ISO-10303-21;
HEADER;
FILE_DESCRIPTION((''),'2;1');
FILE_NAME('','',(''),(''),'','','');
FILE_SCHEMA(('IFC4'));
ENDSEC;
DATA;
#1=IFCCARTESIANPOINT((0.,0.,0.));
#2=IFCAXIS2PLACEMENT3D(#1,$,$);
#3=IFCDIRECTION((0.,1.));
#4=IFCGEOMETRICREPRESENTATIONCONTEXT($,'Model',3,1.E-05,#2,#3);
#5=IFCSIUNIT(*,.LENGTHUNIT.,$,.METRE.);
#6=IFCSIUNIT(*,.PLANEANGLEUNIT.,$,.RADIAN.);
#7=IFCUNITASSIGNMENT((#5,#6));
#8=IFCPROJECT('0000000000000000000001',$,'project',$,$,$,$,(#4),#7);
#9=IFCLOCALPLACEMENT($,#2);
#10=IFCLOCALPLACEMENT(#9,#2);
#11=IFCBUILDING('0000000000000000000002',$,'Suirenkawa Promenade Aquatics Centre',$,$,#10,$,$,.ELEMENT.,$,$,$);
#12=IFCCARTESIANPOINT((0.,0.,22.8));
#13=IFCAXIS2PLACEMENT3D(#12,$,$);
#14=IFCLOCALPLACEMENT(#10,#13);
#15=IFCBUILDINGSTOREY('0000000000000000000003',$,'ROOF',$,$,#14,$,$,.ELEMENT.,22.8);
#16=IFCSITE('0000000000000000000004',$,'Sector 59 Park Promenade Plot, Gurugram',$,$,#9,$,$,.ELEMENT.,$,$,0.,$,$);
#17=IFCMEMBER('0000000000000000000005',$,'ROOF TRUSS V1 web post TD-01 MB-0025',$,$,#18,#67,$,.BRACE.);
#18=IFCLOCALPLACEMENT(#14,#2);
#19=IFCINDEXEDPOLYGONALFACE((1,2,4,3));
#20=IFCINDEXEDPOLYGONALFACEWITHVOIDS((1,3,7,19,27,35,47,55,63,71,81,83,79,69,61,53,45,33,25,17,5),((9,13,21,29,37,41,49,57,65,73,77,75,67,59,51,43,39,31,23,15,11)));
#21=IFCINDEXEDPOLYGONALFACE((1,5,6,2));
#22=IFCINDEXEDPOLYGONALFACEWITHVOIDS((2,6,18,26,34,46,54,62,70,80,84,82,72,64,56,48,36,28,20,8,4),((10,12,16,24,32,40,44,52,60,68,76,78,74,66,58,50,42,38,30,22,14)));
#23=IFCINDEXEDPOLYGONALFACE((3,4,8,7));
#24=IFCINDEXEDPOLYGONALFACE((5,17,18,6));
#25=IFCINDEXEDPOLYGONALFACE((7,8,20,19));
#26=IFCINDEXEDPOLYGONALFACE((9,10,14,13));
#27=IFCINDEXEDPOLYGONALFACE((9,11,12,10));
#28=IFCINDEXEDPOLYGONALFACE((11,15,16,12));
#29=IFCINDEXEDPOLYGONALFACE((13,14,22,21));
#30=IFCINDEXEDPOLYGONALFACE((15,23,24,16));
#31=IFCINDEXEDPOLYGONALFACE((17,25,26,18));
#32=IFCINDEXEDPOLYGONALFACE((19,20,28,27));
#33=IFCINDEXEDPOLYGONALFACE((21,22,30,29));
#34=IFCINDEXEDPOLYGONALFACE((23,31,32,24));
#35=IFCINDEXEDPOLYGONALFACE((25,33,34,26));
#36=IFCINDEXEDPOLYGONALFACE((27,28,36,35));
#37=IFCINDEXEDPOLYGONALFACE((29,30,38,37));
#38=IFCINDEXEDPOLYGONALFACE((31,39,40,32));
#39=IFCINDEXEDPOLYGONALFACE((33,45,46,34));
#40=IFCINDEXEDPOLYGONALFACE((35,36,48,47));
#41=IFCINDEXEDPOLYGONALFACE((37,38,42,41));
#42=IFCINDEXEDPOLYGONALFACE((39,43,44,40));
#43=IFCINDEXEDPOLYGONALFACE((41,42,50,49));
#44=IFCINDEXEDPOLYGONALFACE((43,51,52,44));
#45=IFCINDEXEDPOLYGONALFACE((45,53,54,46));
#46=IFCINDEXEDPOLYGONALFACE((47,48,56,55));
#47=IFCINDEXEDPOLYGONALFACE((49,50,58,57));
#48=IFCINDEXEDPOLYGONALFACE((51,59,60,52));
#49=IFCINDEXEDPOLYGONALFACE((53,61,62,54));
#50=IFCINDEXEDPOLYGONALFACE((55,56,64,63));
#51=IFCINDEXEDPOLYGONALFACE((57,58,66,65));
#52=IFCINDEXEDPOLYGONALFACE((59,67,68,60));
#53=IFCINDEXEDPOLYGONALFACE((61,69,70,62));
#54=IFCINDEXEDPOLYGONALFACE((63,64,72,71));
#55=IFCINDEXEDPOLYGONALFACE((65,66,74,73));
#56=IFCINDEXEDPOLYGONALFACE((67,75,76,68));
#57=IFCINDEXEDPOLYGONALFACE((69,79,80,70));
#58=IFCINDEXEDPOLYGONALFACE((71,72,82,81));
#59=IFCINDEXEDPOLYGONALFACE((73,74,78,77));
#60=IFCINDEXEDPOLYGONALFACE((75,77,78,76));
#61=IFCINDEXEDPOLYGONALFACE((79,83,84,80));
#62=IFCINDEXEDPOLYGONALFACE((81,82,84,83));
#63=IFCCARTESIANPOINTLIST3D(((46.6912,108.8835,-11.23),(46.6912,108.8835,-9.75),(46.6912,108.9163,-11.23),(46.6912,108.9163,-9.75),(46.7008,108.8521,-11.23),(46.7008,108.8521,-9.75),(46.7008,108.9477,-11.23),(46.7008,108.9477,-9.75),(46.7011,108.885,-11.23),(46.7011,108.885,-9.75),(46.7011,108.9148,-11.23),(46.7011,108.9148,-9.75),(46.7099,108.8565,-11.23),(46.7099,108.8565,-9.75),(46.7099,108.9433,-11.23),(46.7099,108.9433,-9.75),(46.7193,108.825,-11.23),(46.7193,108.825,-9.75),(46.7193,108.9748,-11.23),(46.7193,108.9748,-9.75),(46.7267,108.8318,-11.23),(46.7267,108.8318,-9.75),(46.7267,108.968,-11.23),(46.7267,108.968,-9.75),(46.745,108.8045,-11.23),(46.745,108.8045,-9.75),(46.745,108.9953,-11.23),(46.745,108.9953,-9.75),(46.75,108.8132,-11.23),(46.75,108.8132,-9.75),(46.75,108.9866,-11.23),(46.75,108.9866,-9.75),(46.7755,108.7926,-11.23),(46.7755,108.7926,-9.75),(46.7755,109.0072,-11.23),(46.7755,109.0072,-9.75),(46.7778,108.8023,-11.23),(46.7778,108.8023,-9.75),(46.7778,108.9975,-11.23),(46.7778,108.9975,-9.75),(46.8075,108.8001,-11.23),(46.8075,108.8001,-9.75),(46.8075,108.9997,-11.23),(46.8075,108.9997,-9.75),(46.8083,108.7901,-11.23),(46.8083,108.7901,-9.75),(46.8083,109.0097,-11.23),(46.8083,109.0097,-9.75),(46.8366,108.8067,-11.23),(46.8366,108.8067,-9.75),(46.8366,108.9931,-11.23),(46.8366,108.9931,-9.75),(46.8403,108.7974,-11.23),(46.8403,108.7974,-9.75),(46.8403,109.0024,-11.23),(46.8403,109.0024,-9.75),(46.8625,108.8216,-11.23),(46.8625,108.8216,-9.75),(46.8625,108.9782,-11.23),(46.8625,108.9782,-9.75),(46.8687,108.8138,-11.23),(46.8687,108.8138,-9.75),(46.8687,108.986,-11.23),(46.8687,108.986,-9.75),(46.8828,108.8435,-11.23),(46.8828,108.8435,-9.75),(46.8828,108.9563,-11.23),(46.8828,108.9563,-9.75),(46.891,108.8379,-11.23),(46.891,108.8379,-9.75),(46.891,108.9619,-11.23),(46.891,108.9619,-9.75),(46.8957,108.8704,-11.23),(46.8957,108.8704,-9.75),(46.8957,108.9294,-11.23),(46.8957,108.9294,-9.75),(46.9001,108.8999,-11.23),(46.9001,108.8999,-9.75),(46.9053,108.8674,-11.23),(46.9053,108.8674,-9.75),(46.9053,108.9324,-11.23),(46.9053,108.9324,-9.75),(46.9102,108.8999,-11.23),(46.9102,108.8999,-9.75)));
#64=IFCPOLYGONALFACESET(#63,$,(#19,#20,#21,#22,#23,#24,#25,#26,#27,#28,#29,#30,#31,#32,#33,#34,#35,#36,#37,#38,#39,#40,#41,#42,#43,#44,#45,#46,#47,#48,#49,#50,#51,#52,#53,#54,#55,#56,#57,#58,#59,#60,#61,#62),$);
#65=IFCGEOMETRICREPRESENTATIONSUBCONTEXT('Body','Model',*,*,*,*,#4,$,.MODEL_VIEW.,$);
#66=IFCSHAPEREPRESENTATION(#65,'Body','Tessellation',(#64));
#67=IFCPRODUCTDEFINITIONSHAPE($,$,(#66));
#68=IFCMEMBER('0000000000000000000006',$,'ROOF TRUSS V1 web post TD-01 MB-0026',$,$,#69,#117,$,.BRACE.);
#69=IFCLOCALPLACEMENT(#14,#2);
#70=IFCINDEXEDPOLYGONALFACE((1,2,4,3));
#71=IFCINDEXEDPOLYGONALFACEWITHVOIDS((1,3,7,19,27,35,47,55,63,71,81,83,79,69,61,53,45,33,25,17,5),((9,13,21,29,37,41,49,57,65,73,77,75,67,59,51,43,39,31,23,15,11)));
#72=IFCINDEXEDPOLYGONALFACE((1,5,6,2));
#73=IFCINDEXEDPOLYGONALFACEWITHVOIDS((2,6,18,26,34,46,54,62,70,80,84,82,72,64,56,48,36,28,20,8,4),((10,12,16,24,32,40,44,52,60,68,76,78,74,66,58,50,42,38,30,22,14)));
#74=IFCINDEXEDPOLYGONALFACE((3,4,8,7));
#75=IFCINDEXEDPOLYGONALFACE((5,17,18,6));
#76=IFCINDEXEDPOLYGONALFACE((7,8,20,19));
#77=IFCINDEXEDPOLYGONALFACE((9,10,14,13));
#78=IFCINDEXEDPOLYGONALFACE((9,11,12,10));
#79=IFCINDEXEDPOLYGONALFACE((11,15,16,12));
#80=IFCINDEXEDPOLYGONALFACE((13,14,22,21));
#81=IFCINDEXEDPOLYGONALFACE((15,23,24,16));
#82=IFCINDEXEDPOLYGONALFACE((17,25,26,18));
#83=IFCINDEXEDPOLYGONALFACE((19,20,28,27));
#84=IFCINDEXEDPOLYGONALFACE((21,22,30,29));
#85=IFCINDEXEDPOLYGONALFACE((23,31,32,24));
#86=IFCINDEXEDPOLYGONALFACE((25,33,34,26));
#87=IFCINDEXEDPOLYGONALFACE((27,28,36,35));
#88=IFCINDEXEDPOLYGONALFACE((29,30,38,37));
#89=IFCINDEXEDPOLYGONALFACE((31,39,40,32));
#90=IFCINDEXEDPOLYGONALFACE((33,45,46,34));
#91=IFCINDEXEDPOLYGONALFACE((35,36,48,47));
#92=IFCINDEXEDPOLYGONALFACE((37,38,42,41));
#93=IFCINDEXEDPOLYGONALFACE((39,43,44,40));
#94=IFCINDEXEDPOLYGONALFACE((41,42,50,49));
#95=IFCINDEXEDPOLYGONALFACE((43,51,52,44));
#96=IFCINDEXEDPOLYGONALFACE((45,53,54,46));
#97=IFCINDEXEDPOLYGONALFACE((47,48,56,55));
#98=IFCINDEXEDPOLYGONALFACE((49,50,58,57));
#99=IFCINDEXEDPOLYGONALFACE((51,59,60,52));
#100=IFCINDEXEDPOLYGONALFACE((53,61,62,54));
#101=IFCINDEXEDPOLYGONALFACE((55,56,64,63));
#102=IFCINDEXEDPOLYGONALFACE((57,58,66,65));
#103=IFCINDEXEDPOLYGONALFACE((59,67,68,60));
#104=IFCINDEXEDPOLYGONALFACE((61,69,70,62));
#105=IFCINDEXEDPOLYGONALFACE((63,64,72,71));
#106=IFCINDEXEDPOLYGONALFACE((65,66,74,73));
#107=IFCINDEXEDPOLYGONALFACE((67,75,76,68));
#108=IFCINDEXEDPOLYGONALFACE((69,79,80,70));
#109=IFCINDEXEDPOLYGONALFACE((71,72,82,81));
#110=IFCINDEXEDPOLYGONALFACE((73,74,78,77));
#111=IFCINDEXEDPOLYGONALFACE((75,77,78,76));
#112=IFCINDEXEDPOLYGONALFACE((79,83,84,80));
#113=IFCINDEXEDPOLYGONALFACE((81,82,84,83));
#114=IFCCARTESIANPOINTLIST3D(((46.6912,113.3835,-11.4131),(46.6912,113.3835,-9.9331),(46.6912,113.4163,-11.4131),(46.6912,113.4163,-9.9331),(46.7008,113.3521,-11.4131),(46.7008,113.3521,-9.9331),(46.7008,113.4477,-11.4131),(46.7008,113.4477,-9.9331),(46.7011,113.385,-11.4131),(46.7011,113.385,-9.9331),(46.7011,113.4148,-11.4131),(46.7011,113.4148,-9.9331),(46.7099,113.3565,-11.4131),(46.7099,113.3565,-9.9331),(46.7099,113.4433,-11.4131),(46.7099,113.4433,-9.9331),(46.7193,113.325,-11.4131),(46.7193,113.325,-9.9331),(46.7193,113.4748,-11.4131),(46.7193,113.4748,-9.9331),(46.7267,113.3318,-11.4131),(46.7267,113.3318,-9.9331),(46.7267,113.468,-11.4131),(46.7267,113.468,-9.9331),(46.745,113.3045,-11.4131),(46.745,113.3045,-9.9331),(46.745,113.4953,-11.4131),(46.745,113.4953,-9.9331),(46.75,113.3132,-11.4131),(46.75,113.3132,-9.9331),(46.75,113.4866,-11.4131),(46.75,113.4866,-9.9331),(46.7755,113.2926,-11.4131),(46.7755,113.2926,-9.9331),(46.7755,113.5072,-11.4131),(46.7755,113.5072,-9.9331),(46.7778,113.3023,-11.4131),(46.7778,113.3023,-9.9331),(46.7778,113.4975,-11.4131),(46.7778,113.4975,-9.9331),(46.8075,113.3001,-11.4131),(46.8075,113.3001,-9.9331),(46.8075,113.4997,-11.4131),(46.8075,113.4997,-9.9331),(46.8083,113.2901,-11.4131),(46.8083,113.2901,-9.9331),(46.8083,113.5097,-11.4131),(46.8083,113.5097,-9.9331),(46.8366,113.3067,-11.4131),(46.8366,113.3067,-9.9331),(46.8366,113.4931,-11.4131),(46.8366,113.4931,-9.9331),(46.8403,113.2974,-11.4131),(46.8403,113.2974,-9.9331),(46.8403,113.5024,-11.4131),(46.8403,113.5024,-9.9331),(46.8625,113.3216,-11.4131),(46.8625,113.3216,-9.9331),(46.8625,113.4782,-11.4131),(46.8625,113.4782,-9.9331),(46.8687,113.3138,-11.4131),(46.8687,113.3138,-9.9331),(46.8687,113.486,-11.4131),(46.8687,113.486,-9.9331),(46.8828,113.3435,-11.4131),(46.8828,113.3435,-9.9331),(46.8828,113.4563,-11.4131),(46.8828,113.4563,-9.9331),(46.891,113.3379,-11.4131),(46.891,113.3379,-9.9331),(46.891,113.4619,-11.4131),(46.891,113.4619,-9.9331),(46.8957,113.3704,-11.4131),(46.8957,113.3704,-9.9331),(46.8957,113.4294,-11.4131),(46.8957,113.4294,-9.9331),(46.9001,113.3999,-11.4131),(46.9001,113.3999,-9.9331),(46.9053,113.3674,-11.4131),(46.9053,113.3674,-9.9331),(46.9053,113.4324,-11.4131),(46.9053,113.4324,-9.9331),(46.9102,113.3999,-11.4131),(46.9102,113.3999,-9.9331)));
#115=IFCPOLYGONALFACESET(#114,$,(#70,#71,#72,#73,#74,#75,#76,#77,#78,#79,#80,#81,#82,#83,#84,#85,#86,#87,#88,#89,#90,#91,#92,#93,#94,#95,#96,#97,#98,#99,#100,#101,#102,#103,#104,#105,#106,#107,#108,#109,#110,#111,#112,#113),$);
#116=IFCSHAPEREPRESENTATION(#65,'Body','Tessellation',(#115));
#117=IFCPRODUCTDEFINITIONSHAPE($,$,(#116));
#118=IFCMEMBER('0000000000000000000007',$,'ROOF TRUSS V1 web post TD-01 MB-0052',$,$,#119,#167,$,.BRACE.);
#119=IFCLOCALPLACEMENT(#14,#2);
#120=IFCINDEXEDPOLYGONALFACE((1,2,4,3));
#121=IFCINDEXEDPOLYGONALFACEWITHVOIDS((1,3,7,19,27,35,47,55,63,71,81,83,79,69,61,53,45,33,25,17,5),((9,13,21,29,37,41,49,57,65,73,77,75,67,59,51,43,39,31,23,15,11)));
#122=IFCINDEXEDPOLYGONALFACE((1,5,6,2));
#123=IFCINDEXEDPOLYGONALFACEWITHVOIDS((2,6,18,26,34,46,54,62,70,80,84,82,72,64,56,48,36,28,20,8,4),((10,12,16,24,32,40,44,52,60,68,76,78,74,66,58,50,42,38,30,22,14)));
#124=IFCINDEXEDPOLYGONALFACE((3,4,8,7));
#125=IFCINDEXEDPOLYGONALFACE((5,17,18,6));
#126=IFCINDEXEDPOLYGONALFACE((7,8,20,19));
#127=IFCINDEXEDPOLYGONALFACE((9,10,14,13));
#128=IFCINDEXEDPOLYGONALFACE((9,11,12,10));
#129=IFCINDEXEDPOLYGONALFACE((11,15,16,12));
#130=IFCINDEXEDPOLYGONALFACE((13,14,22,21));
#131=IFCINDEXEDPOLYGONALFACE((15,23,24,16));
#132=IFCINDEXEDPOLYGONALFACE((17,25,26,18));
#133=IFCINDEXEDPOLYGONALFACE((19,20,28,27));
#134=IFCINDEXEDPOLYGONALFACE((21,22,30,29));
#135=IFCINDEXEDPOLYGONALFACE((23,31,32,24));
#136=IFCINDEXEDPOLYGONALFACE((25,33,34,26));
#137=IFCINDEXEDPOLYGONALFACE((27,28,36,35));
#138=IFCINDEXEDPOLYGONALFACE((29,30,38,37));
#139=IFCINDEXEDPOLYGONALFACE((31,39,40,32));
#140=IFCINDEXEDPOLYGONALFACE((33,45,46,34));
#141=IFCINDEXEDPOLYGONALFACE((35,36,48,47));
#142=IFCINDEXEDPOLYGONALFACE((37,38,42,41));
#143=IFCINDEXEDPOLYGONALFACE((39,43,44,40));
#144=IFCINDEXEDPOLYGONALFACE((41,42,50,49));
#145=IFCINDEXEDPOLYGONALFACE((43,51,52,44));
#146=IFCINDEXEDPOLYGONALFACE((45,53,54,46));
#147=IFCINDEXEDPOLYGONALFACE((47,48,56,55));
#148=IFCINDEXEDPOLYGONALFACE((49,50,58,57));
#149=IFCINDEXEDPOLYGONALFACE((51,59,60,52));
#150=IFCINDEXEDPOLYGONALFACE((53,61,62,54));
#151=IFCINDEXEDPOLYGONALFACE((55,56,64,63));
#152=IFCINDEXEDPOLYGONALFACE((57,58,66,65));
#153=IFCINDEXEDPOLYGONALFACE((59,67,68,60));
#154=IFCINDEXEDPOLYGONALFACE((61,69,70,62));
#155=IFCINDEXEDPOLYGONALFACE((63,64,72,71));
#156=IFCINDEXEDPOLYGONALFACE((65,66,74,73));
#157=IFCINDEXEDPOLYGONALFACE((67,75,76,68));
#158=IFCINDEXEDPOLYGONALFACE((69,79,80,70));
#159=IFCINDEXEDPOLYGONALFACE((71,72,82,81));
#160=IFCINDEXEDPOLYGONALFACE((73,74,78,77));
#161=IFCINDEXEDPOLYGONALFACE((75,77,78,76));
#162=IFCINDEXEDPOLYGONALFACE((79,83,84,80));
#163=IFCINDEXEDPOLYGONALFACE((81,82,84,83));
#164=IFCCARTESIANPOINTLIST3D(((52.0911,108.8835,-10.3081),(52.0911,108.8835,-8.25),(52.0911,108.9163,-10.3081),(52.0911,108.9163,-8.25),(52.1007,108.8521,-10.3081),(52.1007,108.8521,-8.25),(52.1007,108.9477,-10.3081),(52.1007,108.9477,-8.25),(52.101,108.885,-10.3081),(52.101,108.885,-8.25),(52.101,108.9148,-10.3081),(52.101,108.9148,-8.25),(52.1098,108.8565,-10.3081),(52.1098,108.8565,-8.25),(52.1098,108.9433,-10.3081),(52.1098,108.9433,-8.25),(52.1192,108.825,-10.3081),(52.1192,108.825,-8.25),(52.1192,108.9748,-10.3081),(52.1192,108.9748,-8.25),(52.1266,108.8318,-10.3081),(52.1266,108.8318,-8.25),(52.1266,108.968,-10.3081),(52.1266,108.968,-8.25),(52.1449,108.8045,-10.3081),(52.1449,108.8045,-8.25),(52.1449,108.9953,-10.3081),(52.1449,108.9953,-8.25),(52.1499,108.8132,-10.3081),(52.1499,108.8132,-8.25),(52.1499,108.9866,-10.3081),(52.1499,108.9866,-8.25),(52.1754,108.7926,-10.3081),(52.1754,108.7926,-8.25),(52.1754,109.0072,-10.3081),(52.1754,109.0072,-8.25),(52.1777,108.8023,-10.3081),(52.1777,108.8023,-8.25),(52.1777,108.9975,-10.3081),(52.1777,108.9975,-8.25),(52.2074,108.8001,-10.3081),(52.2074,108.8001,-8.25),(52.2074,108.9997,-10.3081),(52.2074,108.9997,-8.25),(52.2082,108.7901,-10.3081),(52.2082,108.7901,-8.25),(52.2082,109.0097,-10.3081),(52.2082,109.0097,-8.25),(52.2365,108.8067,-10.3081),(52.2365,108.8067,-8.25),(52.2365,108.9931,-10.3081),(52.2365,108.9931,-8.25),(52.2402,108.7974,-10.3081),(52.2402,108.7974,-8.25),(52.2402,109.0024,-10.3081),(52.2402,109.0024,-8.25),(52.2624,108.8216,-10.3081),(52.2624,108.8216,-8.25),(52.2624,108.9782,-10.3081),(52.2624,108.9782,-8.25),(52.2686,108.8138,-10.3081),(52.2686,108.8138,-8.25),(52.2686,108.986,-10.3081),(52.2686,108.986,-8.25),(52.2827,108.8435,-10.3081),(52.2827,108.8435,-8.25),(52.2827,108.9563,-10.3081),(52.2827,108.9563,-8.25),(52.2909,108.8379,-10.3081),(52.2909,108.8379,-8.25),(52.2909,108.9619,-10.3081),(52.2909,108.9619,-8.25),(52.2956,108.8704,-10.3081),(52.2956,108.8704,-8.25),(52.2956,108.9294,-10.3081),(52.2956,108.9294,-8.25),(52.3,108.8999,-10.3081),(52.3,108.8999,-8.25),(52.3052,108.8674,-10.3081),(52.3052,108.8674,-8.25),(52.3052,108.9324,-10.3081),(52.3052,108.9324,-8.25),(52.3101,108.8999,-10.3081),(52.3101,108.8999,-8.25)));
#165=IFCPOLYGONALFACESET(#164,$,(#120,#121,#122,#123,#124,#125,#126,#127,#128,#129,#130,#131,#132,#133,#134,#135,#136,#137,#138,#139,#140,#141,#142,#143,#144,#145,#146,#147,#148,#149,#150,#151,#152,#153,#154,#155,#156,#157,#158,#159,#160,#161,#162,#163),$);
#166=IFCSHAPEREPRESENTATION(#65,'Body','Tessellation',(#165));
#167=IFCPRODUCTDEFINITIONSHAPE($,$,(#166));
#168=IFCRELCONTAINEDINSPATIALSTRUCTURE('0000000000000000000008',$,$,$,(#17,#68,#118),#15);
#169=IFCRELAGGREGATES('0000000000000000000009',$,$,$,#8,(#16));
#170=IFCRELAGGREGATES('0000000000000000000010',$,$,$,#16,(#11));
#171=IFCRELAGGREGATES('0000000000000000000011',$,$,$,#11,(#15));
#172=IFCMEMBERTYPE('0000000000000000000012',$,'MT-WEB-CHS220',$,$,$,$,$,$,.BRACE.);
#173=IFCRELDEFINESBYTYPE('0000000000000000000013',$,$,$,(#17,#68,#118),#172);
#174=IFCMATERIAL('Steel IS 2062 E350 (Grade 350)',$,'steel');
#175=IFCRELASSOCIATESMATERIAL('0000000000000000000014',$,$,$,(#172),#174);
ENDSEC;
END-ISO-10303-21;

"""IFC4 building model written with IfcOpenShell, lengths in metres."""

from ifc_helpers import new_model, si_unit, direction, frame, origin, origin_2d, place, context, subcontext, project, spatial, hollow_circle, extrude, material, material_profile, profile_set, type_object, element, save


model = new_model("IFC4")

# Units and contexts
model_context = context("Model", 3, precision=1e-05, world=origin(), true_north=direction((0.0, 1.0)))
body_context = subcontext(model_context, "Body", "Model", "MODEL_VIEW")
ifc_project = project(units=[si_unit("LENGTHUNIT", "METRE"), si_unit("PLANEANGLEUNIT", "RADIAN")], contexts=[model_context])

# Site, building, storey
site_placement = place(None, origin())
site = spatial("IfcSite", under=ifc_project, at=site_placement, Name="Sector 59 Park Promenade Plot, Gurugram", CompositionType="ELEMENT", RefElevation=0.0)
building_placement = place(site_placement, origin())
building = spatial("IfcBuilding", under=site, at=building_placement, Name="Suirenkawa Promenade Aquatics Centre", CompositionType="ELEMENT")
storey_placement = place(building_placement, frame((0.0, 0.0, 22.8)))
storey = spatial("IfcBuildingStorey", under=building, at=storey_placement, Name="ROOF", CompositionType="ELEMENT", Elevation=22.8)

# Shared definitions
ifc_material = material(Name="Steel IS 2062 E350 (Grade 350)", Category="steel")

# Members
ifc_material_profile_1 = material_profile(ifc_material, hollow_circle(Radius=0.1101, WallThickness=0.01, at=origin_2d()), Name="CHS 220x10", Category="steel")
ifc_profile_set_1 = profile_set([ifc_material_profile_1], Name="Steel IS 2062 E350 (Grade 350)")
member_type_1 = type_object("IfcMemberType", Name="MT-WEB-CHS220", PredefinedType="BRACE", material=ifc_profile_set_1)
for number, where, z_axis, x_axis, name in (
    (1, (46.8, 108.8999, -11.23), (0.0, 0.0, 1.0), (1.0, 0.0, 0.0), "ROOF TRUSS V1 web post TD-01 MB-0025"),
    (2, (46.8, 113.3999, -11.4131), (0.0, 0.0, 1.0), (1.0, 0.0, 0.0), "ROOF TRUSS V1 web post TD-01 MB-0026"),
):
    element("IfcMember", number, at=place(storey_placement, frame(where, z_axis=z_axis, x_axis=x_axis)), inside=storey, type_object=member_type_1, Name=name, PredefinedType="BRACE", context=body_context, shape_type="SweptSolid", body=[
        extrude(hollow_circle(Radius=0.1101, WallThickness=0.01, at=origin_2d()), origin(), (0.0, 0.0, 1.0), 1.48),
    ])
member_1_placement = place(storey_placement, frame((52.2, 108.8999, -10.3081), z_axis=(0.0, 0.0, 1.0), x_axis=(1.0, 0.0, 0.0)))
element("IfcMember", 3, at=member_1_placement, inside=storey, type_object=member_type_1, Name="ROOF TRUSS V1 web post TD-01 MB-0052", PredefinedType="BRACE", context=body_context, shape_type="SweptSolid", body=[
    extrude(hollow_circle(Radius=0.1101, WallThickness=0.01, at=origin_2d()), origin(), (0.0, 0.0, 1.0), 2.0581),
])

save(model, "model.ifc")
